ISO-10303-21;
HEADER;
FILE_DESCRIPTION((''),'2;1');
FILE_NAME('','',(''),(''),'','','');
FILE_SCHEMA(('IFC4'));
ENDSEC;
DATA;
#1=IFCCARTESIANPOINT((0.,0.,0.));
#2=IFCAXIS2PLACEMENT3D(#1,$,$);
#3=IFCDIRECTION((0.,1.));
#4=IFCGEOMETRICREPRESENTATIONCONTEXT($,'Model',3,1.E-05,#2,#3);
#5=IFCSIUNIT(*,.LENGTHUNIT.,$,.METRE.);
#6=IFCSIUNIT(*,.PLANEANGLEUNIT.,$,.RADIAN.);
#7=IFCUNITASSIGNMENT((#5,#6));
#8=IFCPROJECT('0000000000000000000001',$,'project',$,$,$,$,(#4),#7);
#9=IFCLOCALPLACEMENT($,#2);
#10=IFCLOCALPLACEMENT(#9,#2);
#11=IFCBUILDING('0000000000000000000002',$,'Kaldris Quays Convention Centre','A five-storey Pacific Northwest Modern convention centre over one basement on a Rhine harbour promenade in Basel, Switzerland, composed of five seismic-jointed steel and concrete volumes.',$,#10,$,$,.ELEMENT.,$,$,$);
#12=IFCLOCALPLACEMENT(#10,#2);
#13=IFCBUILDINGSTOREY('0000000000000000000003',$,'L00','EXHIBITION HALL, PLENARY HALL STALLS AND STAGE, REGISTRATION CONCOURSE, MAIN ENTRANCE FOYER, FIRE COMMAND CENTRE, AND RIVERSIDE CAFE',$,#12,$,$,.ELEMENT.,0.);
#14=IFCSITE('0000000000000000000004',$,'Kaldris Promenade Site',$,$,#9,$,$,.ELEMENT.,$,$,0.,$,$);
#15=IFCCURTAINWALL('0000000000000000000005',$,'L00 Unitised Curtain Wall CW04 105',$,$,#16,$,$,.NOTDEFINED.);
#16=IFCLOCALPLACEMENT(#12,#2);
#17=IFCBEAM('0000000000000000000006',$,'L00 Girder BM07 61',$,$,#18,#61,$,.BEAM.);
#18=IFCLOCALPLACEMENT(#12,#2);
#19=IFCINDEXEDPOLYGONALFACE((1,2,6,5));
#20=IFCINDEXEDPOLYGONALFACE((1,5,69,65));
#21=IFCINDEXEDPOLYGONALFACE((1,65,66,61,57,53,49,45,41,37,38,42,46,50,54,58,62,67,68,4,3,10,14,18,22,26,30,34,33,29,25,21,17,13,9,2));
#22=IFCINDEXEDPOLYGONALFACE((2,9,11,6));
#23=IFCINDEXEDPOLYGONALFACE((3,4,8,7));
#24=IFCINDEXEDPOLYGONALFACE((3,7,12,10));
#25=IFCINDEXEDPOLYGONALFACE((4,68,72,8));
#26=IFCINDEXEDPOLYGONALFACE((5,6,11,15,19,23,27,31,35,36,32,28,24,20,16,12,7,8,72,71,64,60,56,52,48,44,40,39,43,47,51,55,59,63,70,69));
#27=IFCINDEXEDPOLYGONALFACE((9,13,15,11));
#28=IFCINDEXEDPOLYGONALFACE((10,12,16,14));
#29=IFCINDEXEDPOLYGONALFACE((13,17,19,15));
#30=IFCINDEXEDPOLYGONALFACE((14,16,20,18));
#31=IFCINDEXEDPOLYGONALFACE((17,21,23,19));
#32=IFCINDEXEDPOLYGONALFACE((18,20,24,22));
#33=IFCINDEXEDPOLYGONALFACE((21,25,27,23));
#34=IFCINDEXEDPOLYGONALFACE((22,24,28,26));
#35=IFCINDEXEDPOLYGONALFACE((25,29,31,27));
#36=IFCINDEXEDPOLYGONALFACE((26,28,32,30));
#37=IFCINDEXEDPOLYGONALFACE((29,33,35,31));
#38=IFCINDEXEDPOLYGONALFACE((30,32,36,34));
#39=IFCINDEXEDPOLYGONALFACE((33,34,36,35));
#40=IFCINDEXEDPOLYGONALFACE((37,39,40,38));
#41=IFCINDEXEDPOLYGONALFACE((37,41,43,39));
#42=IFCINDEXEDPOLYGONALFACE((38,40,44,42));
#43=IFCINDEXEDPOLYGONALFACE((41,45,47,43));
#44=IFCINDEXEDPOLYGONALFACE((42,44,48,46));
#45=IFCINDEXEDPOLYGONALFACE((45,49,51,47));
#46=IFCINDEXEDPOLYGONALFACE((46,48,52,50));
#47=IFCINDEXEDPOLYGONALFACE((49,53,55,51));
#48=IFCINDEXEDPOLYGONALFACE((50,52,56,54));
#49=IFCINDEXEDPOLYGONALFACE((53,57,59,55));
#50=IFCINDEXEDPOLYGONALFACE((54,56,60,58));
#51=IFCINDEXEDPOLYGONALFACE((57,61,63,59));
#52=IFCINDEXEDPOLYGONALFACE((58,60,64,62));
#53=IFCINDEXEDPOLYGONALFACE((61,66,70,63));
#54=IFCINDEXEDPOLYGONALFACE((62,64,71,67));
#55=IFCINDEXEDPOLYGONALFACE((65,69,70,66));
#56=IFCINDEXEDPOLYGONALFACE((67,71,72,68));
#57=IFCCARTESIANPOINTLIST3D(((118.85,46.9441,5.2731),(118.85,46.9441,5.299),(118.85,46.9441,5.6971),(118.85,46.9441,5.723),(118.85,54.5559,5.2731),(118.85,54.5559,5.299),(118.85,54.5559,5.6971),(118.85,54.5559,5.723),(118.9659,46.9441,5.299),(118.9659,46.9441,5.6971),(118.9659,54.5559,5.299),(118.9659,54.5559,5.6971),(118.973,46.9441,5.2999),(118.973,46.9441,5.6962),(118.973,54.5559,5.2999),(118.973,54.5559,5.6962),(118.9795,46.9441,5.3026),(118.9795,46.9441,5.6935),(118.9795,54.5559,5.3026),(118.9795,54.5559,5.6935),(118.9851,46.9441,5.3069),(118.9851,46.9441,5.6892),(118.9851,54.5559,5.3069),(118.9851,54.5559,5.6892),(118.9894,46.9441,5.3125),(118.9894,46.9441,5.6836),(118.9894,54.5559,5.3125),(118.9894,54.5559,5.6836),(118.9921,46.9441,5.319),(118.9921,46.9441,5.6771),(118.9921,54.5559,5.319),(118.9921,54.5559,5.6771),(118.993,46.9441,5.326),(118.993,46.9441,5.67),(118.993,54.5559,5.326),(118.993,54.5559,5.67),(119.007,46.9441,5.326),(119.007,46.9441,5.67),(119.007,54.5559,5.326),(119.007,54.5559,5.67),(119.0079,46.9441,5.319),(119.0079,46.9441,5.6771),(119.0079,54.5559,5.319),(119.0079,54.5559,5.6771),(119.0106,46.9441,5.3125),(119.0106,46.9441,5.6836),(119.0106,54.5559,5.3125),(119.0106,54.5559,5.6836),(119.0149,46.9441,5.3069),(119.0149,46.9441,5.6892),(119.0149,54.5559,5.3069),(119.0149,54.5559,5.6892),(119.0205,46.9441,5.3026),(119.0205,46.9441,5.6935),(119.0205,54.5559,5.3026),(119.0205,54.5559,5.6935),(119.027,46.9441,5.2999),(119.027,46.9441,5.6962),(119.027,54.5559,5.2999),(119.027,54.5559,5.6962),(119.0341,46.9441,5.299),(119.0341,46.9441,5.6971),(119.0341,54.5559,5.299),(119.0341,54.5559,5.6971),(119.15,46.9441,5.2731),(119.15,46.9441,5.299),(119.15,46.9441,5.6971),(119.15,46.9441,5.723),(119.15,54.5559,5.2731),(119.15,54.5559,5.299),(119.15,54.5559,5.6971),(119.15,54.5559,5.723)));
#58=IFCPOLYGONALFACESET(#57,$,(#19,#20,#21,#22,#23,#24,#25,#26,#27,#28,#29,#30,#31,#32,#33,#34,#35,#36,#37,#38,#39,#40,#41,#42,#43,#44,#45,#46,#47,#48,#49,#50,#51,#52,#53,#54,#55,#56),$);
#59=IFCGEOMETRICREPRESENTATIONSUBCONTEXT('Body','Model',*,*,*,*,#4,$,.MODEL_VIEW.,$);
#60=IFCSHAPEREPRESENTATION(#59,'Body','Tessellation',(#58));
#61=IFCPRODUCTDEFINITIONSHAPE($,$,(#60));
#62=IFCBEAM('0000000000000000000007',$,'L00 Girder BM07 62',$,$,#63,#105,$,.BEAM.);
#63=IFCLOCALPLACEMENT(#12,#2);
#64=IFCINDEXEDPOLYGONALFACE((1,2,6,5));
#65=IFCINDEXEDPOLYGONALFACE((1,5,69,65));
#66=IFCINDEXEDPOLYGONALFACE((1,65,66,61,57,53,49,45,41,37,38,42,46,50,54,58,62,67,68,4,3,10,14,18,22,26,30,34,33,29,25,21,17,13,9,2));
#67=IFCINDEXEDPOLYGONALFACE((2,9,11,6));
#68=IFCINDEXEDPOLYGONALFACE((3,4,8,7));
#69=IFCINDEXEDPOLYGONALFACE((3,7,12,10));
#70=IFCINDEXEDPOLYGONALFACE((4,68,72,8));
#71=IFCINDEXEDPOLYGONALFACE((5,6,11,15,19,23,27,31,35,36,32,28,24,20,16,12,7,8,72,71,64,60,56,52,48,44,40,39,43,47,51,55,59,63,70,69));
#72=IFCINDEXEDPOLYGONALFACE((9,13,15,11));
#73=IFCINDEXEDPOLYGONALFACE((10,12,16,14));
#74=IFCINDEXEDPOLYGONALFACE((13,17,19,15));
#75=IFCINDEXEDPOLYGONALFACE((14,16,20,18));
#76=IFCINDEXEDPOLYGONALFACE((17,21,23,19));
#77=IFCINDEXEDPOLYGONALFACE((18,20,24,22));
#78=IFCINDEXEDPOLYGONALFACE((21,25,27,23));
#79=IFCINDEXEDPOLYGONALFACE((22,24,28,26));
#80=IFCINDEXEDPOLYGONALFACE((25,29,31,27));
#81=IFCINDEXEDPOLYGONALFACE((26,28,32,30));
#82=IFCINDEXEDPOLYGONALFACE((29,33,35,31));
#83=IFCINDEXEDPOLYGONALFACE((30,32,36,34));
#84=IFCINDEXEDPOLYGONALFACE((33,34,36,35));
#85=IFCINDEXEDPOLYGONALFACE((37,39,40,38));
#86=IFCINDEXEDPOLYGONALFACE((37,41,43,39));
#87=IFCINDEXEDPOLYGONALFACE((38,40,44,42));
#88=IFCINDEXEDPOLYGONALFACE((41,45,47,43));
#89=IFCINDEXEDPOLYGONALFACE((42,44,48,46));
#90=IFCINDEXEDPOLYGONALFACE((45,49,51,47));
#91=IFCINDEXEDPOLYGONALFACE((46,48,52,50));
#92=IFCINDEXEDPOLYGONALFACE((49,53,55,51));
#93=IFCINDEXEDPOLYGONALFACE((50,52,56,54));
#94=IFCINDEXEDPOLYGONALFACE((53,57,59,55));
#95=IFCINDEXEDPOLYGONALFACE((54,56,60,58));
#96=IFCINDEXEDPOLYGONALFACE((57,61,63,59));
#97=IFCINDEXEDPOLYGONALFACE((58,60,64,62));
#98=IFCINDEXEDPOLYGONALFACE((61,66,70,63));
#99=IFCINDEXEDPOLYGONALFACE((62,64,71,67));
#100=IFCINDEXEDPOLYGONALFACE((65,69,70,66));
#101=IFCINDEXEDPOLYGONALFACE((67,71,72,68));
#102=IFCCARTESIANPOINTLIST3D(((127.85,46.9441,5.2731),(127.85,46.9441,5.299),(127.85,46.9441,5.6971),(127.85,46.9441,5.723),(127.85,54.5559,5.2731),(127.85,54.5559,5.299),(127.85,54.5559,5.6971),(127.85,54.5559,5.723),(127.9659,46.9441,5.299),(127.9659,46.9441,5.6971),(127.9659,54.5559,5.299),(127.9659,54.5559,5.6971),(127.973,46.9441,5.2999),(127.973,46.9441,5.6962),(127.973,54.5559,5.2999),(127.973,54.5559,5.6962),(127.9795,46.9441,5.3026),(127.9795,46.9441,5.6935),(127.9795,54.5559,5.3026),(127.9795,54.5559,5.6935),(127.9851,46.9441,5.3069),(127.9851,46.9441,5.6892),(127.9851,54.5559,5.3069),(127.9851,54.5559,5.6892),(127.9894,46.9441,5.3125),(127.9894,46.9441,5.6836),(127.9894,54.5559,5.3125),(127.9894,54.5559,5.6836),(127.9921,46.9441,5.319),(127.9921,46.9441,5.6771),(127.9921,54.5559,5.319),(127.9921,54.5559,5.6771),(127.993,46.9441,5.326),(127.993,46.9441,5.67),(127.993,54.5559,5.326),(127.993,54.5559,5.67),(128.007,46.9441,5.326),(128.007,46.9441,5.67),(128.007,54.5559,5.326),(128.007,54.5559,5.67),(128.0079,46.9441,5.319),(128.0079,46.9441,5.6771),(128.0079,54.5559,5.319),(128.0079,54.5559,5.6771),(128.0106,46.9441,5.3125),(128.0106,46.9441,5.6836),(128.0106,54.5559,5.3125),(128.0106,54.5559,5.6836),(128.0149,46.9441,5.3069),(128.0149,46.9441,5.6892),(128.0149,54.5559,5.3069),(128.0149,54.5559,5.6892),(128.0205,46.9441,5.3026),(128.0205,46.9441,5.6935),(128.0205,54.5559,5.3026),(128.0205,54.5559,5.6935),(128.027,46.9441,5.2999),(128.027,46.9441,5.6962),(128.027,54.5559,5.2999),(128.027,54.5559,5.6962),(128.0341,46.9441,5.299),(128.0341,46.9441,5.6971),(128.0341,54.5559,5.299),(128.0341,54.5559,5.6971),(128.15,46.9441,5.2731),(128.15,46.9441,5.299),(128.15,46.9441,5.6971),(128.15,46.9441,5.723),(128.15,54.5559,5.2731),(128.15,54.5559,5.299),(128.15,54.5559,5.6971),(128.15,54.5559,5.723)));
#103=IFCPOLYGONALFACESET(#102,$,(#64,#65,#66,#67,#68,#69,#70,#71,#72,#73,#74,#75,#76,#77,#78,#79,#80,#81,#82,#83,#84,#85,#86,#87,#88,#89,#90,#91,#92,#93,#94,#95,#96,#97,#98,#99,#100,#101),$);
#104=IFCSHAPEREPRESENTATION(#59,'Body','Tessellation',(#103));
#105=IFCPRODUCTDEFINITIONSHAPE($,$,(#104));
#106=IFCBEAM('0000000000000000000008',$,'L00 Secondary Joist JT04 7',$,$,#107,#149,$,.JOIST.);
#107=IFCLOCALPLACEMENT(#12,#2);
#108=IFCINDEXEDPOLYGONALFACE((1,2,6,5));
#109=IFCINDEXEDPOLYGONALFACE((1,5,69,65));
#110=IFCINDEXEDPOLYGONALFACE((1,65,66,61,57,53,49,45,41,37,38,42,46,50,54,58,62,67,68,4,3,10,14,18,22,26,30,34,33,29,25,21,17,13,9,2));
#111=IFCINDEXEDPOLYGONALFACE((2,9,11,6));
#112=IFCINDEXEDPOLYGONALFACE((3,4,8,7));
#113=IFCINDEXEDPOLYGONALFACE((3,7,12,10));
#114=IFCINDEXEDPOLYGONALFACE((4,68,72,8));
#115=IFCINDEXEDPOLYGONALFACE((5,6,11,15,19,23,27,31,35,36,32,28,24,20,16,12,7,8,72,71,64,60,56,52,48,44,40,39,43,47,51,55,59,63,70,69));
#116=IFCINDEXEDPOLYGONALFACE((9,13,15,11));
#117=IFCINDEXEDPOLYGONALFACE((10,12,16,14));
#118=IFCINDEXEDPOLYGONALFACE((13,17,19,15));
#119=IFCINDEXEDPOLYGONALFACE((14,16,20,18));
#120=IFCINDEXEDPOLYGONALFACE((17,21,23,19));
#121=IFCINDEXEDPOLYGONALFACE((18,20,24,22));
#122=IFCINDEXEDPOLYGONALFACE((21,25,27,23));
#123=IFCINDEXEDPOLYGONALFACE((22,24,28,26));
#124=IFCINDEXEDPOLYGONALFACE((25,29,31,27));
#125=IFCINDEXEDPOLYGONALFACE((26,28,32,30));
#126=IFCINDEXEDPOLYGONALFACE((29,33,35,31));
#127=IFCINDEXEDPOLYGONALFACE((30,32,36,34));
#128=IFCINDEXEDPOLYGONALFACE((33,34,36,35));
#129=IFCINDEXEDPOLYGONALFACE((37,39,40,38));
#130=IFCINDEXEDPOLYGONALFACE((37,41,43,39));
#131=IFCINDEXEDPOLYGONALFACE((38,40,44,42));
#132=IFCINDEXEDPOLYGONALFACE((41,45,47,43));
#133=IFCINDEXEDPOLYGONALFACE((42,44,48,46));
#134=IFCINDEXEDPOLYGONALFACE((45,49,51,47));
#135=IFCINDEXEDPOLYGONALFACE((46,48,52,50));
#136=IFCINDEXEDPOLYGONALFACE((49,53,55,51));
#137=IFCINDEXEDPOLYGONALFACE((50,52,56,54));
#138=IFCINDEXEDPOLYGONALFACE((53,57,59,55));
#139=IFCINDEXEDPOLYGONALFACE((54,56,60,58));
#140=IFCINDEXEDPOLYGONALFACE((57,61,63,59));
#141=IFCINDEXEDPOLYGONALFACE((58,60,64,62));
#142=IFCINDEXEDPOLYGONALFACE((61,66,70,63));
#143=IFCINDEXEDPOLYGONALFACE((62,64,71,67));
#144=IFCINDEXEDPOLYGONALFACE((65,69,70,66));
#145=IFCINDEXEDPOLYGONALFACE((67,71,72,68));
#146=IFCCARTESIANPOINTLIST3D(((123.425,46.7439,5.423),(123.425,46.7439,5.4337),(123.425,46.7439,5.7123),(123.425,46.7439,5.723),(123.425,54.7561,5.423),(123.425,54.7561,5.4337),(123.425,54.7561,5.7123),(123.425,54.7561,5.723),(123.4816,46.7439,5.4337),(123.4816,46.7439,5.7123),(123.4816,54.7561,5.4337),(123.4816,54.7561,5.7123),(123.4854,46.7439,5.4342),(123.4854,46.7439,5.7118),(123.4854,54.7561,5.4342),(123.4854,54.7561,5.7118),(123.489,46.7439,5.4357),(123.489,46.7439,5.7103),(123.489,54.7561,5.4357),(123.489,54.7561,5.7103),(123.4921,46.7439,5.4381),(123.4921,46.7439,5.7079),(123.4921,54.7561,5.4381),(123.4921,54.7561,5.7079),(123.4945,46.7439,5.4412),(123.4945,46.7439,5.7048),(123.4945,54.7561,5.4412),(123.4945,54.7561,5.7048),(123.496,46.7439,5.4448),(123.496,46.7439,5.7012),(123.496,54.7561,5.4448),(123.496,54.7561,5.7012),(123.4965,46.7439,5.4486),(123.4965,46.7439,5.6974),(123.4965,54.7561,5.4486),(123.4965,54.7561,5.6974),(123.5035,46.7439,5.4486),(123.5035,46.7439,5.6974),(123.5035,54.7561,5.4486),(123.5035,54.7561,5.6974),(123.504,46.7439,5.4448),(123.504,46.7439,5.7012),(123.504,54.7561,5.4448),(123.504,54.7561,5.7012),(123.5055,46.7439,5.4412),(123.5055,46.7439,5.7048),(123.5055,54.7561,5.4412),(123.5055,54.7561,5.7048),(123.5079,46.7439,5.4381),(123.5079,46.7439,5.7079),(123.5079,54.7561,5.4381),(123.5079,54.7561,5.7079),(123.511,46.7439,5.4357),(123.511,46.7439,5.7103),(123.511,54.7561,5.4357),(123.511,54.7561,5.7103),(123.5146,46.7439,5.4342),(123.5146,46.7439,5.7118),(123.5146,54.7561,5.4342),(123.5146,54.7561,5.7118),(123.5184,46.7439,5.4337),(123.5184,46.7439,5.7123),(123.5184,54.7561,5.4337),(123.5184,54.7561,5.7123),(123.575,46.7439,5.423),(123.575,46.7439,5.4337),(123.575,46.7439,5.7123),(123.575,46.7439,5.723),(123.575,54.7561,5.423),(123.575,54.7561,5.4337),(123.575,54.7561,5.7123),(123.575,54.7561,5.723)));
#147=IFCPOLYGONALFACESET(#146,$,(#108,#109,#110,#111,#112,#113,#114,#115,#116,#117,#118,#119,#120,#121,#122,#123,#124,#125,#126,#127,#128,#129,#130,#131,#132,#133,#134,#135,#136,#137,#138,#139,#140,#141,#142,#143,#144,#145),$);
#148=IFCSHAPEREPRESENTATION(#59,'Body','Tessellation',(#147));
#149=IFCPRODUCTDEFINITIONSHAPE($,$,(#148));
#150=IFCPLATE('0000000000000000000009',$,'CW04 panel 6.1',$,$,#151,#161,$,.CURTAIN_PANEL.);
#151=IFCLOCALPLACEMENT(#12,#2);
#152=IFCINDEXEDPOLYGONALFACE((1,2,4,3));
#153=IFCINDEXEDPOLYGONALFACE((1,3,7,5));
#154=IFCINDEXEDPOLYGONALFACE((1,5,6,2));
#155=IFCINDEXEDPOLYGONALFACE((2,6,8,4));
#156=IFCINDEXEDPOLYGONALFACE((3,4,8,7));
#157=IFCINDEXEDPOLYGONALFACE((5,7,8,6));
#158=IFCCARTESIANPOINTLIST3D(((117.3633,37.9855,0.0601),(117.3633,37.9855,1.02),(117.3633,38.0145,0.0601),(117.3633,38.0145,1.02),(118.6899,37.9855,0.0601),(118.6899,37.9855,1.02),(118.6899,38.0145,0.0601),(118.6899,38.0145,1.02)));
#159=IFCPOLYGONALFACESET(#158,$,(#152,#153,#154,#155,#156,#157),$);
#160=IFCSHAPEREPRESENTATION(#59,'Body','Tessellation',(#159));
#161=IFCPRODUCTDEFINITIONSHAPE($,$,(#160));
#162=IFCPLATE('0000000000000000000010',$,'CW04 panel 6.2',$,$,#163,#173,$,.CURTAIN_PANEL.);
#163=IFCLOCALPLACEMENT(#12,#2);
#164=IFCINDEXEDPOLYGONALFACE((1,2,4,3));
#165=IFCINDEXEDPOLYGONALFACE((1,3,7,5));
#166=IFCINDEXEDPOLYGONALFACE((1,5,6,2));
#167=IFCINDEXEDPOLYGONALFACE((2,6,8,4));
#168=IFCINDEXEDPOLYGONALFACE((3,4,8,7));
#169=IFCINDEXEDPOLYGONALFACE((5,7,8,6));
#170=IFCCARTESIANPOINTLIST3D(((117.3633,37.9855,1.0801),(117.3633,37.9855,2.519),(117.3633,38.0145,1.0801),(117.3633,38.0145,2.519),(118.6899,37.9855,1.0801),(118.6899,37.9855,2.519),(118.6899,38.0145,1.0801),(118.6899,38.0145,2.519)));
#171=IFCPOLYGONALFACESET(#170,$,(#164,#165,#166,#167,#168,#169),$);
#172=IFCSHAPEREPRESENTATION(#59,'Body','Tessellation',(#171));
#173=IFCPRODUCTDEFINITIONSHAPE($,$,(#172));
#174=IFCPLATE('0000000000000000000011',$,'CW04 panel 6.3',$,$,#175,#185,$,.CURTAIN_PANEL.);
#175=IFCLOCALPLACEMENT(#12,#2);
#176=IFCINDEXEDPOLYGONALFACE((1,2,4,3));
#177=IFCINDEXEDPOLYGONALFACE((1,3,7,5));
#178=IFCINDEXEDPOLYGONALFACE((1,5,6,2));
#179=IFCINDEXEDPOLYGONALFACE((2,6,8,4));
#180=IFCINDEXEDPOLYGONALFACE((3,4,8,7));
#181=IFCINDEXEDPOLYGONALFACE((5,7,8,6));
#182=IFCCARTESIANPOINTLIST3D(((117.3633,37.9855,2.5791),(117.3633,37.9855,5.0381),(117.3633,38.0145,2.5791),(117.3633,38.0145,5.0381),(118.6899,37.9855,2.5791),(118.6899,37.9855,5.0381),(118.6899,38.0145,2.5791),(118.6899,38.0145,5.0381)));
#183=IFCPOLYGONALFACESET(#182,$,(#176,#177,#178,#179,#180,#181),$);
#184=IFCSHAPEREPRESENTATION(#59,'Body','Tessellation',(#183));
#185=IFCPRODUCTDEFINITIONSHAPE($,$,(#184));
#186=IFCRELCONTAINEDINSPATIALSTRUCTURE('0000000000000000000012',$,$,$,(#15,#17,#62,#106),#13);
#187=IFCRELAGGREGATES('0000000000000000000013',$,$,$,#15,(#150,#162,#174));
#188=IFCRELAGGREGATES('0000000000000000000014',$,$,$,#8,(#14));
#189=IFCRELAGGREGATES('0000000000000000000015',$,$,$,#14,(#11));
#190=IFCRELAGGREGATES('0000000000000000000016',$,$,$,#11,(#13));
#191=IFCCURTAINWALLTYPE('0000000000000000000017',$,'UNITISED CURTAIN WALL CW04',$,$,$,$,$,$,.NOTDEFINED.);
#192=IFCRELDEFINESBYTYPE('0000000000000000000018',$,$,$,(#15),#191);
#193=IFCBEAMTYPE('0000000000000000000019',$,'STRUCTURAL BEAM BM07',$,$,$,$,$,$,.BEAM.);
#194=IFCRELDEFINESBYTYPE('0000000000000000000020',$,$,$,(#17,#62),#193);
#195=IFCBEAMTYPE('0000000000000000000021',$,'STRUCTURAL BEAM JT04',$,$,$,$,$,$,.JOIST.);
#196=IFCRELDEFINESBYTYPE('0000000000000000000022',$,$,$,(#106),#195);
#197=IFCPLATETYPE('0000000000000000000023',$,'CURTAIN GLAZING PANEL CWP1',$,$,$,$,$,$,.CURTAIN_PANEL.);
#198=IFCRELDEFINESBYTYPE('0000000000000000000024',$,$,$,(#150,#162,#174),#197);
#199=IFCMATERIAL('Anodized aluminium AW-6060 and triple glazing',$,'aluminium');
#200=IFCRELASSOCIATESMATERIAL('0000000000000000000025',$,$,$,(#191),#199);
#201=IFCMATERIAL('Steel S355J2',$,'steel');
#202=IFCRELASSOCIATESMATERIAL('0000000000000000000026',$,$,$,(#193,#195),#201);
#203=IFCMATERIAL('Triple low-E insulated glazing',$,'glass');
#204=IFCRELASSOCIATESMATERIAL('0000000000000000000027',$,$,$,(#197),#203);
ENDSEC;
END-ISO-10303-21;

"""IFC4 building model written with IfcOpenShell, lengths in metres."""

from ifc_helpers import new_model, si_unit, direction, frame, origin, origin_2d, place, context, subcontext, project, spatial, rectangle, i_section, extrude, material, material_profile, profile_set, type_object, element, aggregate, save


model = new_model("IFC4")

# Units and contexts
model_context = context("Model", 3, precision=1e-05, world=origin(), true_north=direction((0.0, 1.0)))
body_context = subcontext(model_context, "Body", "Model", "MODEL_VIEW")
ifc_project = project(units=[si_unit("LENGTHUNIT", "METRE"), si_unit("PLANEANGLEUNIT", "RADIAN")], contexts=[model_context])

# Site, building, storey
site_placement = place(None, origin())
site = spatial("IfcSite", under=ifc_project, at=site_placement, Name="Kaldris Promenade Site", CompositionType="ELEMENT", RefElevation=0.0)
building_placement = place(site_placement, origin())
building = spatial("IfcBuilding", under=site, at=building_placement, Name="Kaldris Quays Convention Centre", Description="A five-storey Pacific Northwest Modern convention centre over one basement on a Rhine harbour promenade in Basel, Switzerland, composed of five seismic-jointed steel and concrete volumes.", CompositionType="ELEMENT")
storey_placement = place(building_placement, origin())
storey = spatial("IfcBuildingStorey", under=building, at=storey_placement, Name="L00", Description="EXHIBITION HALL, PLENARY HALL STALLS AND STAGE, REGISTRATION CONCOURSE, MAIN ENTRANCE FOYER, FIRE COMMAND CENTRE, AND RIVERSIDE CAFE", CompositionType="ELEMENT", Elevation=0.0)

# Shared definitions
ifc_material_1 = material(Name="Steel S355J2", Category="steel")

# Curtain wall
ifc_material_2 = material(Name="Anodized aluminium AW-6060 and triple glazing", Category="aluminium")
curtain_wall_type = type_object("IfcCurtainWallType", Name="UNITISED CURTAIN WALL CW04", PredefinedType="NOTDEFINED", material=ifc_material_2)
curtain_wall_1_placement = place(storey_placement, origin())
curtain_wall_1 = element("IfcCurtainWall", 1, at=curtain_wall_1_placement, inside=storey, type_object=curtain_wall_type, Name="L00 Unitised Curtain Wall CW04 105", PredefinedType="NOTDEFINED")

# Beams
ifc_material_profile_1 = material_profile(ifc_material_1, i_section(OverallWidth=0.3, OverallDepth=0.45, WebThickness=0.0139, FlangeThickness=0.0259, FilletRadius=0.0271, at=origin_2d()), Name="HEB 450")
ifc_profile_set_1 = profile_set([ifc_material_profile_1], Name="Steel S355J2")
beam_type_1 = type_object("IfcBeamType", Name="STRUCTURAL BEAM BM07", PredefinedType="BEAM", material=ifc_profile_set_1)
for number, where, z_axis, x_axis, name in (
    (2, (119.0, 46.9441, 5.498), (0.0, 1.0, 0.0), (-1.0, 0.0, 0.0), "L00 Girder BM07 61"),
    (3, (128.0, 46.9441, 5.498), (0.0, 1.0, 0.0), (-1.0, 0.0, 0.0), "L00 Girder BM07 62"),
):
    element("IfcBeam", number, at=place(storey_placement, frame(where, z_axis=z_axis, x_axis=x_axis)), inside=storey, type_object=beam_type_1, Name=name, PredefinedType="BEAM", context=body_context, shape_type="SweptSolid", body=[
        extrude(i_section(OverallWidth=0.3, OverallDepth=0.45, WebThickness=0.0139, FlangeThickness=0.0259, FilletRadius=0.0271, at=origin_2d()), origin(), (0.0, 0.0, 1.0), 7.6118),
    ])
ifc_material_profile_2 = material_profile(ifc_material_1, i_section(OverallWidth=0.1499, OverallDepth=0.3, WebThickness=0.0071, FlangeThickness=0.0107, FilletRadius=0.0149, at=origin_2d()), Name="IPE 300")
ifc_profile_set_2 = profile_set([ifc_material_profile_2], Name="Steel S355J2")
beam_type_2 = type_object("IfcBeamType", Name="STRUCTURAL BEAM JT04", PredefinedType="JOIST", material=ifc_profile_set_2)
beam_placement = place(storey_placement, frame((123.5, 46.7439, 5.573), z_axis=(0.0, 1.0, 0.0), x_axis=(-1.0, 0.0, 0.0)))
element("IfcBeam", 4, at=beam_placement, inside=storey, type_object=beam_type_2, Name="L00 Secondary Joist JT04 7", PredefinedType="JOIST", context=body_context, shape_type="SweptSolid", body=[
    extrude(i_section(OverallWidth=0.1499, OverallDepth=0.3, WebThickness=0.0071, FlangeThickness=0.0107, FilletRadius=0.0149, at=origin_2d()), origin(), (0.0, 0.0, 1.0), 8.0122),
])

# Plates
ifc_material_3 = material(Name="Triple low-E insulated glazing", Category="glass")
plate_type = type_object("IfcPlateType", Name="CURTAIN GLAZING PANEL CWP1", PredefinedType="CURTAIN_PANEL", material=ifc_material_3)
plate_1_placement = place(storey_placement, frame((118.0266, 38.0, 0.0601), z_axis=(0.0, 0.0, 1.0), x_axis=(1.0, 0.0, 0.0)))
plate_1 = element("IfcPlate", 5, at=plate_1_placement, type_object=plate_type, Name="CW04 panel 6.1", PredefinedType="CURTAIN_PANEL", context=body_context, shape_type="SweptSolid", body=[
    extrude(rectangle(XDim=1.3267, YDim=0.0291, at=origin_2d()), origin(), (0.0, 0.0, 1.0), 0.96),
])
plate_2_placement = place(storey_placement, frame((118.0266, 38.0, 1.0801), z_axis=(0.0, 0.0, 1.0), x_axis=(1.0, 0.0, 0.0)))
plate_2 = element("IfcPlate", 6, at=plate_2_placement, type_object=plate_type, Name="CW04 panel 6.2", PredefinedType="CURTAIN_PANEL", context=body_context, shape_type="SweptSolid", body=[
    extrude(rectangle(XDim=1.3267, YDim=0.0291, at=origin_2d()), origin(), (0.0, 0.0, 1.0), 1.439),
])
plate_3_placement = place(storey_placement, frame((118.0266, 38.0, 2.5791), z_axis=(0.0, 0.0, 1.0), x_axis=(1.0, 0.0, 0.0)))
plate_3 = element("IfcPlate", 7, at=plate_3_placement, type_object=plate_type, Name="CW04 panel 6.3", PredefinedType="CURTAIN_PANEL", context=body_context, shape_type="SweptSolid", body=[
    extrude(rectangle(XDim=1.3267, YDim=0.0291, at=origin_2d()), origin(), (0.0, 0.0, 1.0), 2.459),
])
aggregate(curtain_wall_1, [plate_1, plate_2, plate_3])

save(model, "model.ifc")
